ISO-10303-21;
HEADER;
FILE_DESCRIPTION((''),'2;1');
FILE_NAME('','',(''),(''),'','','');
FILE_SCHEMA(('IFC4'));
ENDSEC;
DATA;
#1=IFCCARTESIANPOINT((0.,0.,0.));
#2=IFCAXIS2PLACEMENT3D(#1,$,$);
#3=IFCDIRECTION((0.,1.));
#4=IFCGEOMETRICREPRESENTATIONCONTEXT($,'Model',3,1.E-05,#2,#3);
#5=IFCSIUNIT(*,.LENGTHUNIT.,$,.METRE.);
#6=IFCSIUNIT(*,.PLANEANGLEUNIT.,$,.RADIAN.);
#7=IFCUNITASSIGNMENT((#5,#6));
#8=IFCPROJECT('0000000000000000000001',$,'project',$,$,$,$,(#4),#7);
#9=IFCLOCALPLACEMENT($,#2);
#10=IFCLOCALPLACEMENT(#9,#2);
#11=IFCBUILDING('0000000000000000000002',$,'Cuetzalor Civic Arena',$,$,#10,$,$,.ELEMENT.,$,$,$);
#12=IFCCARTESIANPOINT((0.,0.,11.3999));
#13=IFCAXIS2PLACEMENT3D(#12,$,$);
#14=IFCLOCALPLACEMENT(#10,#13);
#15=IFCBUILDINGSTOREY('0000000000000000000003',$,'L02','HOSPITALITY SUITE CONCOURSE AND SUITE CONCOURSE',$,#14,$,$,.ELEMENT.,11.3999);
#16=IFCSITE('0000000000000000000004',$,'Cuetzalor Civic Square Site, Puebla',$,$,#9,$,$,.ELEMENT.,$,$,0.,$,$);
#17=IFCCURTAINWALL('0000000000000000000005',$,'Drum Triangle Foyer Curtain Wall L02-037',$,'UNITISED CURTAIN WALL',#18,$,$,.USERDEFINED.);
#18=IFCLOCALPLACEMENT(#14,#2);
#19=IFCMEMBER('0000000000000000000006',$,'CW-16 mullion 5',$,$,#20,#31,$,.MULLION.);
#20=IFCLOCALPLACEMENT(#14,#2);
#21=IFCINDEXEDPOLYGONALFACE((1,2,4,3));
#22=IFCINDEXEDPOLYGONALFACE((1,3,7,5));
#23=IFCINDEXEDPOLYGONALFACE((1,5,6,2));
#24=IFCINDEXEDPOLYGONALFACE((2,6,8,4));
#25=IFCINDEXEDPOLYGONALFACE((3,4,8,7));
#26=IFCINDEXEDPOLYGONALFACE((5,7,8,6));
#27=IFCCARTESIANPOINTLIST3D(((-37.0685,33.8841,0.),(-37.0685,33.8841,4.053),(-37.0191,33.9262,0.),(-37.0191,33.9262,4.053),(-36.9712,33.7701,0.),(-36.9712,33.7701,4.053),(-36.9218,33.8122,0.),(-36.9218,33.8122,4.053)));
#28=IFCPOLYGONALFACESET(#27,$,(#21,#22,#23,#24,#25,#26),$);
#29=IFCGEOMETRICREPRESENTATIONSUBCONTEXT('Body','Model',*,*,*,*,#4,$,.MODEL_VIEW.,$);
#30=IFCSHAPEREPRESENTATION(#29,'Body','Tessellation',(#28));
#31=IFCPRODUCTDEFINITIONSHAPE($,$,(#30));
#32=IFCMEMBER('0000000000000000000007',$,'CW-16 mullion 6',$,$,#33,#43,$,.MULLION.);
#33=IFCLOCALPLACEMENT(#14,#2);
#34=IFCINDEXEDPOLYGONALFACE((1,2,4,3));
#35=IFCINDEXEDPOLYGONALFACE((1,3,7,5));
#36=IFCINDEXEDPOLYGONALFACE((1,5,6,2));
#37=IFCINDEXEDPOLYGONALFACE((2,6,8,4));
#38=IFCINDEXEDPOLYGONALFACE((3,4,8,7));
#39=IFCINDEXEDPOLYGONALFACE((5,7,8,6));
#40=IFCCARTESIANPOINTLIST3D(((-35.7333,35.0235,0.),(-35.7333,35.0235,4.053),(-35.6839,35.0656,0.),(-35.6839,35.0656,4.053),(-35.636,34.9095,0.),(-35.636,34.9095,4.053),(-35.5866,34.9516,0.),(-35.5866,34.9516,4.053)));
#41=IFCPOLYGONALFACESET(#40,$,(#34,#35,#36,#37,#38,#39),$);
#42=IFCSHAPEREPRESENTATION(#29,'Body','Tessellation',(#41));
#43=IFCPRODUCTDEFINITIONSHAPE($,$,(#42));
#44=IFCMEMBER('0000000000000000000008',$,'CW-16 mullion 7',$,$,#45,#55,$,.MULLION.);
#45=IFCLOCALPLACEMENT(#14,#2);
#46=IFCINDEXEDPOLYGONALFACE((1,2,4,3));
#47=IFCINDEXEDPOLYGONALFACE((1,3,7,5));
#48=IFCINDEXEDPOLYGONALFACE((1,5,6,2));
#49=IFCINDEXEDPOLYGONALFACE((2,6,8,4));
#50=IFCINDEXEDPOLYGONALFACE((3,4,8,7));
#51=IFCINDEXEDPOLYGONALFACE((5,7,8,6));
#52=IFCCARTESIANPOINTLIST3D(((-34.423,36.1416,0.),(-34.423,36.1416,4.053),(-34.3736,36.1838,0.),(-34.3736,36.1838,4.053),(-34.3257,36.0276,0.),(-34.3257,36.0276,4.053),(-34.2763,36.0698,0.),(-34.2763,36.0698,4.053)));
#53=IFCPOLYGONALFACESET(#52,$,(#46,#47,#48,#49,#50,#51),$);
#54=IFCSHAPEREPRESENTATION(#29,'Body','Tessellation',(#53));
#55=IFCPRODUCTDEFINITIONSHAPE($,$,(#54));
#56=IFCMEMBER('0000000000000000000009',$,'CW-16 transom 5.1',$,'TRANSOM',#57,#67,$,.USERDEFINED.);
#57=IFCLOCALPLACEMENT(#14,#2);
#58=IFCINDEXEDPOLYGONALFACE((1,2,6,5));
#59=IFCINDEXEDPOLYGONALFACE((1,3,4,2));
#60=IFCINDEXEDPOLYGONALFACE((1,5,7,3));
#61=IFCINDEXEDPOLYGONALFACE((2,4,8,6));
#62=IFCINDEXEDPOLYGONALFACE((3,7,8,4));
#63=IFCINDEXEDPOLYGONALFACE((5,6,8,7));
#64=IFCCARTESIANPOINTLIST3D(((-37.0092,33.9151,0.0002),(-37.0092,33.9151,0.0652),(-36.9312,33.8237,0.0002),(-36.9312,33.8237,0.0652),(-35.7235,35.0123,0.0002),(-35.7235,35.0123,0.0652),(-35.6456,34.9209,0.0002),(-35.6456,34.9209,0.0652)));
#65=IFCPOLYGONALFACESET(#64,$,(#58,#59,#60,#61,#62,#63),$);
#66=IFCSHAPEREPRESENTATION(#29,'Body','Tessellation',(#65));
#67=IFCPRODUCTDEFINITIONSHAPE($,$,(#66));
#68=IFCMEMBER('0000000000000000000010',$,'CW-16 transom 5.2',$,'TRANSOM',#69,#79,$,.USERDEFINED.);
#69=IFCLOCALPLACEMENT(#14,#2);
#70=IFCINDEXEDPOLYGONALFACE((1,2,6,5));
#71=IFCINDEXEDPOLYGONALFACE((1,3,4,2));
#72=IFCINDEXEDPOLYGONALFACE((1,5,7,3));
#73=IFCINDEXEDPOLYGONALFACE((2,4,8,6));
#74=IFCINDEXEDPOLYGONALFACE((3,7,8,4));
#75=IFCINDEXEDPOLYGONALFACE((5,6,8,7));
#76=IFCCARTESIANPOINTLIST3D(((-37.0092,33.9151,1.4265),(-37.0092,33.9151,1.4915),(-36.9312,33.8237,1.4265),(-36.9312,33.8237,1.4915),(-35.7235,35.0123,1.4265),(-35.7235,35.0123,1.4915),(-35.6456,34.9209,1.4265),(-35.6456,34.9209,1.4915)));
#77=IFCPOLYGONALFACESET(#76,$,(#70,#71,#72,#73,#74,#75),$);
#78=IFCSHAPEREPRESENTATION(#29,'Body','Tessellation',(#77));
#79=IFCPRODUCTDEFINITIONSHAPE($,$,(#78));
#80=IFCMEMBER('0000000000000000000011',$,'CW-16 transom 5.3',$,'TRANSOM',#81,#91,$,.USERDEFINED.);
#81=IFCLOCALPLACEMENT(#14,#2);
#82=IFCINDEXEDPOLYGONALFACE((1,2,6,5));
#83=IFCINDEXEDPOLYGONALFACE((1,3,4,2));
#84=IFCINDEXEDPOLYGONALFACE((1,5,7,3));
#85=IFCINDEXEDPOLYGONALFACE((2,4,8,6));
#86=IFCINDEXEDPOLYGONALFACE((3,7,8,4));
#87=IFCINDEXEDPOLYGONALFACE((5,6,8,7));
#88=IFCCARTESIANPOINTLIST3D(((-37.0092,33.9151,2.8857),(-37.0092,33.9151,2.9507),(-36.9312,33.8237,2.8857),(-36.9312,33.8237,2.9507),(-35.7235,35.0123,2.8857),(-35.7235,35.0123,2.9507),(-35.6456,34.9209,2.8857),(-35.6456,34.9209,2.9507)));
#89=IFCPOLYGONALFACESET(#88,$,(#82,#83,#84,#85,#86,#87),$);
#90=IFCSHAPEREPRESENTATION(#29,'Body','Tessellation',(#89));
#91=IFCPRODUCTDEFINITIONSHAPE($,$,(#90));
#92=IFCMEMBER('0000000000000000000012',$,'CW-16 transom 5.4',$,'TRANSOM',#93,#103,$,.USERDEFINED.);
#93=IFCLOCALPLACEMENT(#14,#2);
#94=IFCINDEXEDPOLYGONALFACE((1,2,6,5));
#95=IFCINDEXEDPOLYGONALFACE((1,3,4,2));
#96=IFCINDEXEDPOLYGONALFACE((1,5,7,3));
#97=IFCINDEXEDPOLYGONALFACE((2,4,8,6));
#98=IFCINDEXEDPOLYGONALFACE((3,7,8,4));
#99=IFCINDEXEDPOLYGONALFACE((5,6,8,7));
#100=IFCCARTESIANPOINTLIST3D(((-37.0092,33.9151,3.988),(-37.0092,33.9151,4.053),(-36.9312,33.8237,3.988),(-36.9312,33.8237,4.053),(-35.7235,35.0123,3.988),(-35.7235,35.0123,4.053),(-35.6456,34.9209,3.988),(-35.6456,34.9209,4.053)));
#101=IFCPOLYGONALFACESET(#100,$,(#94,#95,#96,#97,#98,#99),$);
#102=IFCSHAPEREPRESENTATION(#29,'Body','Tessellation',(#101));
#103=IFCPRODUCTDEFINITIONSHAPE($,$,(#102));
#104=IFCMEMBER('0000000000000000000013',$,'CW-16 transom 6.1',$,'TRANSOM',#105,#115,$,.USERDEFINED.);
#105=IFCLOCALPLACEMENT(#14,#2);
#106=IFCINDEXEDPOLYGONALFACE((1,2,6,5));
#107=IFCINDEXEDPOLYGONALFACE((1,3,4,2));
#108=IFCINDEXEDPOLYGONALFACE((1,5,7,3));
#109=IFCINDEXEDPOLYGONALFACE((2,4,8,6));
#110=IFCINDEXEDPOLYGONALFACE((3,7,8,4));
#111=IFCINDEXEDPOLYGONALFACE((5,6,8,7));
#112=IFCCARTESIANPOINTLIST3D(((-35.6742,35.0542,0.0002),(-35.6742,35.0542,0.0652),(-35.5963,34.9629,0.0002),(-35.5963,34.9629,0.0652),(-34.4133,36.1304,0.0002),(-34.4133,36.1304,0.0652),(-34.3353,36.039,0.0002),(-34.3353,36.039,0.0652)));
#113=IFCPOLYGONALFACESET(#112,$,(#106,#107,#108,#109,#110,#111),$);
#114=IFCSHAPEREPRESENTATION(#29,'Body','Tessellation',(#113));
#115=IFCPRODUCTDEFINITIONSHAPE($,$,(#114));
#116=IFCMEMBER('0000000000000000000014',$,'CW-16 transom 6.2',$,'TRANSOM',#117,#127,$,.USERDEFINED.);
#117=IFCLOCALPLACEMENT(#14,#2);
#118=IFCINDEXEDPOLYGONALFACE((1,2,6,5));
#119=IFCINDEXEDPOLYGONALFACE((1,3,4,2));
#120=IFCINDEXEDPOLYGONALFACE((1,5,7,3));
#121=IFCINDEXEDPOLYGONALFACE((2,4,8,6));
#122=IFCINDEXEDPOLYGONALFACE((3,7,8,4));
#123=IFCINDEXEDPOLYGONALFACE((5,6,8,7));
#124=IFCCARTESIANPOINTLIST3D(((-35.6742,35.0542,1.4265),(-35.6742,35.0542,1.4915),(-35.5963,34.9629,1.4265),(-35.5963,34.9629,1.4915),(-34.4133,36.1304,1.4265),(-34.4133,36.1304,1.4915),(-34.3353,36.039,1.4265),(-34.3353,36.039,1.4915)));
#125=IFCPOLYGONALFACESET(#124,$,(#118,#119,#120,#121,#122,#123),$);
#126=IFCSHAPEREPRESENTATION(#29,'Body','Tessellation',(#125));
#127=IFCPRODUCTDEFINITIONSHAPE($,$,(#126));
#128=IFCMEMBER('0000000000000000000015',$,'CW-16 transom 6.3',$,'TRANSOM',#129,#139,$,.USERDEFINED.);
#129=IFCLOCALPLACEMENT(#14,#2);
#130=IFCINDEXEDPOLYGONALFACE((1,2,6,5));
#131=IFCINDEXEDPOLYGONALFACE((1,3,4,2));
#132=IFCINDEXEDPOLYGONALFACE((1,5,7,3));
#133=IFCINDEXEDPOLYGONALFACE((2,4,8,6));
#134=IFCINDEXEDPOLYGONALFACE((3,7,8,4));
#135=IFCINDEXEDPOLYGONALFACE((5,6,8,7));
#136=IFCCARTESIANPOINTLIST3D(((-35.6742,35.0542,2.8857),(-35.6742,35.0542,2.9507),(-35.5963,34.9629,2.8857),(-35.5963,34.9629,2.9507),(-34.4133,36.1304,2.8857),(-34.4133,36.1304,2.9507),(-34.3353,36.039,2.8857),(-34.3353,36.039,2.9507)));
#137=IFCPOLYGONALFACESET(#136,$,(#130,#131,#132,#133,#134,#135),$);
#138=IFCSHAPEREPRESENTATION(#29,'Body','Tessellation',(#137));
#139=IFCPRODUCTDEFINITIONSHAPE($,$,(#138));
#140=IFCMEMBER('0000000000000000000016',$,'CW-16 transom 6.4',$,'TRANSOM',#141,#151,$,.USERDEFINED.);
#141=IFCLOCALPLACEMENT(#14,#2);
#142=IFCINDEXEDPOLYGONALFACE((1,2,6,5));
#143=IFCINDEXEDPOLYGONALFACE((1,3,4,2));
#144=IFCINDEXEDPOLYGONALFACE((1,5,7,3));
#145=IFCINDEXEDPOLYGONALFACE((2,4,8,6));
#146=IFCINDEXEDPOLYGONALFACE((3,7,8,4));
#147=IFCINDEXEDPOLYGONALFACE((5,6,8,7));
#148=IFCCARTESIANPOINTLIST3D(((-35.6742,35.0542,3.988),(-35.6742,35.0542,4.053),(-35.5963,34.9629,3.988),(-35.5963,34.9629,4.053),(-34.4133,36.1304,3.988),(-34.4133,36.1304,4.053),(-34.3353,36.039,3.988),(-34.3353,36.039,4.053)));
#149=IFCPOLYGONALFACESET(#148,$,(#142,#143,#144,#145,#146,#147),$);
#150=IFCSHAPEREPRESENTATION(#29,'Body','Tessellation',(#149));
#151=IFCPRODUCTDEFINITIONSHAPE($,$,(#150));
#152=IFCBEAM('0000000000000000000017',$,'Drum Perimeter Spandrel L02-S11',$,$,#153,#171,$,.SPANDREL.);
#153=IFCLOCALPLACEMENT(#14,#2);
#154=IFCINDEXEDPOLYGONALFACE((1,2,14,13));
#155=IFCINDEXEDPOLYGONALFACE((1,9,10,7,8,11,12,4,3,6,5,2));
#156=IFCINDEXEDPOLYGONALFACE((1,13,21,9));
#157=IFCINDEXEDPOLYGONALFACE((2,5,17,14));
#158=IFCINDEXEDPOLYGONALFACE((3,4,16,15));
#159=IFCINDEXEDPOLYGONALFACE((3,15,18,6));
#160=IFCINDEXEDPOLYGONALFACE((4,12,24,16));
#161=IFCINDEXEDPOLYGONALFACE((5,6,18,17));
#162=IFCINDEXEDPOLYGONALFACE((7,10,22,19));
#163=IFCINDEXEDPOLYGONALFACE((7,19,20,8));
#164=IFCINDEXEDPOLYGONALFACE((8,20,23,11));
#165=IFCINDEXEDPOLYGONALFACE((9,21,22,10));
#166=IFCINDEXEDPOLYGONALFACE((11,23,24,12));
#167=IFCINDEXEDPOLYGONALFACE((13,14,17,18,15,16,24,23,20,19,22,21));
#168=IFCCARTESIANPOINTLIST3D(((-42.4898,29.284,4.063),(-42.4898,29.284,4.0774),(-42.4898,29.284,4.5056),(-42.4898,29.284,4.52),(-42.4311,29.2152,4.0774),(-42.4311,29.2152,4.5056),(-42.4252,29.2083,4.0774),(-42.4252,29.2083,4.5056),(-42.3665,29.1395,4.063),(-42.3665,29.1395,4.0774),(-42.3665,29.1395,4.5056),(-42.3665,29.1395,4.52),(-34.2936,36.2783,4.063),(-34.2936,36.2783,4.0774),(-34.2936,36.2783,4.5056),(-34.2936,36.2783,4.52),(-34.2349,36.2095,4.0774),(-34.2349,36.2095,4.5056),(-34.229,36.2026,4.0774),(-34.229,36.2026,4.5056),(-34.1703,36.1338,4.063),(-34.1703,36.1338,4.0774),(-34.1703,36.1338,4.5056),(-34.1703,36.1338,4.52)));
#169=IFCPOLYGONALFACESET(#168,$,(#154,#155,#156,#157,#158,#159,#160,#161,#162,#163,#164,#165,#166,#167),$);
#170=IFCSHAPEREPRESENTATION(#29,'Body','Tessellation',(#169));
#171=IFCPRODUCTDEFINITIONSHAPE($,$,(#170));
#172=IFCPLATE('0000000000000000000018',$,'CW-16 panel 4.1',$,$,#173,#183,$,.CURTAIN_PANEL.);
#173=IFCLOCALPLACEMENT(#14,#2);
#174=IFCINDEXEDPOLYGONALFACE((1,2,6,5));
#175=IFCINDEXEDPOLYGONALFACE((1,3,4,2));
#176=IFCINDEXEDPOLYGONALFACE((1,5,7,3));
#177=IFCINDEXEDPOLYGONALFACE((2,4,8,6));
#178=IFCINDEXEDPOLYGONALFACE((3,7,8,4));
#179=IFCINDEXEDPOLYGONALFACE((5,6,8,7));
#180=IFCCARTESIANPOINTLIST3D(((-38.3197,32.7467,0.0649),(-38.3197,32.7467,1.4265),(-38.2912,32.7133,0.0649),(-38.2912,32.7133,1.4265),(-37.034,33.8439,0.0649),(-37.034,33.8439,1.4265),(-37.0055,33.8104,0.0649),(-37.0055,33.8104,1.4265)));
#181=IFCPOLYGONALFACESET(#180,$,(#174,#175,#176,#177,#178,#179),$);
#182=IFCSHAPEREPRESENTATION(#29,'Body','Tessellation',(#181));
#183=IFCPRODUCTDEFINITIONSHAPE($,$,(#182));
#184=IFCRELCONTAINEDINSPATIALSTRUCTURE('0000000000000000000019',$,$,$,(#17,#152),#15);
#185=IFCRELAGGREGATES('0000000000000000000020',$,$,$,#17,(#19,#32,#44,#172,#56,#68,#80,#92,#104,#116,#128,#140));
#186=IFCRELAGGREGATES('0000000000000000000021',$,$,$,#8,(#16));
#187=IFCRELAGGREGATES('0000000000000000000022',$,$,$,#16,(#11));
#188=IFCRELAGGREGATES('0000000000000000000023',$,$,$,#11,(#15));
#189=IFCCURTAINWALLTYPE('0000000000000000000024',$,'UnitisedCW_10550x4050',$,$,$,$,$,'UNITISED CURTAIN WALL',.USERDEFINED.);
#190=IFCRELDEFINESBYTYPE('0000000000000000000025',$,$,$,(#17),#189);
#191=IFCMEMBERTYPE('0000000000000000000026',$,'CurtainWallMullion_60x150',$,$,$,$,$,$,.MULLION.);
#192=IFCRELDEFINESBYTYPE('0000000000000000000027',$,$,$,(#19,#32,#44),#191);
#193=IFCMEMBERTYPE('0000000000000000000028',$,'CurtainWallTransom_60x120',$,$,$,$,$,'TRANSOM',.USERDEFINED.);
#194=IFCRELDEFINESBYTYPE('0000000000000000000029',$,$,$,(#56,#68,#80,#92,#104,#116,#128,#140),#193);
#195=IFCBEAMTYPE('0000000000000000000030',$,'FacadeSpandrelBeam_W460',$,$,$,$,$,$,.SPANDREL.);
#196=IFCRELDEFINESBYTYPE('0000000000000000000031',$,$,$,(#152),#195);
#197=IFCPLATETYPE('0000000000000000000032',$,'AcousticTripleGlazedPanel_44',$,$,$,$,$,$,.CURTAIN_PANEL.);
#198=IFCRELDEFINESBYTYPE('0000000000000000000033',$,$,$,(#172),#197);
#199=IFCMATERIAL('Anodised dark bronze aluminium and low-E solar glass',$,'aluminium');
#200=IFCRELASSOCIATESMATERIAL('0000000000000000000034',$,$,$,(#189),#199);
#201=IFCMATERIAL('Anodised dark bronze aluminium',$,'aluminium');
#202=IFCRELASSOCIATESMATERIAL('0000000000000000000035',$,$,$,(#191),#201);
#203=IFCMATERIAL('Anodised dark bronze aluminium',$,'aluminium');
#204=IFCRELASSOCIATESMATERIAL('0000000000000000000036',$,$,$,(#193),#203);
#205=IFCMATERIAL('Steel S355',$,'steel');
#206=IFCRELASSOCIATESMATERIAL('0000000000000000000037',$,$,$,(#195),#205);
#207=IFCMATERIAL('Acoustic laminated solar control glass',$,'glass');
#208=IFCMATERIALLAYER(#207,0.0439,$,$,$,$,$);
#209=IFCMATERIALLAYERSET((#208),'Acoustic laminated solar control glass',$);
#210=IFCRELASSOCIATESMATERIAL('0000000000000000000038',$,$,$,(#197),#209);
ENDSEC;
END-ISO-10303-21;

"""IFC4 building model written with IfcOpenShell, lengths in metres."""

from ifc_helpers import new_model, si_unit, direction, frame, origin, origin_2d, place, context, subcontext, project, spatial, rectangle, i_section, extrude, material, layer, layer_set, material_profile, profile_set, type_object, element, aggregate, save


model = new_model("IFC4")

# Units and contexts
model_context = context("Model", 3, precision=1e-05, world=origin(), true_north=direction((0.0, 1.0)))
body_context = subcontext(model_context, "Body", "Model", "MODEL_VIEW")
ifc_project = project(units=[si_unit("LENGTHUNIT", "METRE"), si_unit("PLANEANGLEUNIT", "RADIAN")], contexts=[model_context])

# Site, building, storey
site_placement = place(None, origin())
site = spatial("IfcSite", under=ifc_project, at=site_placement, Name="Cuetzalor Civic Square Site, Puebla", CompositionType="ELEMENT", RefElevation=0.0)
building_placement = place(site_placement, origin())
building = spatial("IfcBuilding", under=site, at=building_placement, Name="Cuetzalor Civic Arena", CompositionType="ELEMENT")
storey_placement = place(building_placement, frame((0.0, 0.0, 11.3999)))
storey = spatial("IfcBuildingStorey", under=building, at=storey_placement, Name="L02", Description="HOSPITALITY SUITE CONCOURSE AND SUITE CONCOURSE", CompositionType="ELEMENT", Elevation=11.3999)

# Curtain wall, members
ifc_material_1 = material(Name="Anodised dark bronze aluminium and low-E solar glass", Category="aluminium")
curtain_wall_type = type_object("IfcCurtainWallType", Name="UnitisedCW_10550x4050", ElementType="UNITISED CURTAIN WALL", PredefinedType="USERDEFINED", material=ifc_material_1)
curtain_wall_placement = place(storey_placement, origin())
curtain_wall = element("IfcCurtainWall", 1, at=curtain_wall_placement, inside=storey, type_object=curtain_wall_type, Name="Drum Triangle Foyer Curtain Wall L02-037", ObjectType="UNITISED CURTAIN WALL", PredefinedType="USERDEFINED")
ifc_material_2 = material(Name="Anodised dark bronze aluminium", Category="aluminium")
ifc_material_profile_1 = material_profile(ifc_material_2, rectangle(XDim=0.0649, YDim=0.1499, at=origin_2d()), Name="ALU MULLION 65x150")
ifc_profile_set_1 = profile_set([ifc_material_profile_1], Name="Anodised dark bronze aluminium")
member_type_1 = type_object("IfcMemberType", Name="CurtainWallMullion_60x150", PredefinedType="MULLION", material=ifc_profile_set_1)
member_1_placement = place(storey_placement, frame((-36.9951, 33.8481, 0.0), z_axis=(0.0, 0.0, 1.0), x_axis=(0.760677, 0.64913, 0.0)))
member_1 = element("IfcMember", 2, at=member_1_placement, type_object=member_type_1, Name="CW-16 mullion 5", PredefinedType="MULLION", context=body_context, shape_type="SweptSolid", body=[
    extrude(rectangle(XDim=0.0649, YDim=0.1499, at=origin_2d()), origin(), (0.0, 0.0, 1.0), 4.053),
])
member_2_placement = place(storey_placement, frame((-35.6599, 34.9875, 0.0), z_axis=(0.0, 0.0, 1.0), x_axis=(0.760677, 0.64913, 0.0)))
member_2 = element("IfcMember", 3, at=member_2_placement, type_object=member_type_1, Name="CW-16 mullion 6", PredefinedType="MULLION", context=body_context, shape_type="SweptSolid", body=[
    extrude(rectangle(XDim=0.0649, YDim=0.1499, at=origin_2d()), origin(), (0.0, 0.0, 1.0), 4.053),
])
member_3_placement = place(storey_placement, frame((-34.3496, 36.1057, 0.0), z_axis=(0.0, 0.0, 1.0), x_axis=(0.760677, 0.64913, 0.0)))
member_3 = element("IfcMember", 4, at=member_3_placement, type_object=member_type_1, Name="CW-16 mullion 7", PredefinedType="MULLION", context=body_context, shape_type="SweptSolid", body=[
    extrude(rectangle(XDim=0.0649, YDim=0.1499, at=origin_2d()), origin(), (0.0, 0.0, 1.0), 4.053),
])
ifc_material_3 = material(Name="Anodised dark bronze aluminium", Category="aluminium")
ifc_material_profile_2 = material_profile(ifc_material_3, rectangle(XDim=0.1201, YDim=0.0649, at=origin_2d()), Name="ALU TRANSOM 65x120")
ifc_profile_set_2 = profile_set([ifc_material_profile_2], Name="Anodised dark bronze aluminium")
member_type_2 = type_object("IfcMemberType", Name="CurtainWallTransom_60x120", ElementType="TRANSOM", PredefinedType="USERDEFINED", material=ifc_profile_set_2)
member_4_placement = place(storey_placement, frame((-36.9702, 33.8694, 0.0327), z_axis=(0.760662, 0.649148, 0.0), x_axis=(-0.649148, 0.760662, 0.0)))
member_4 = element("IfcMember", 5, at=member_4_placement, type_object=member_type_2, Name="CW-16 transom 5.1", ObjectType="TRANSOM", PredefinedType="USERDEFINED", context=body_context, shape_type="SweptSolid", body=[
    extrude(rectangle(XDim=0.1201, YDim=0.0649, at=origin_2d()), origin(), (0.0, 0.0, 1.0), 1.6902),
])
member_5_placement = place(storey_placement, frame((-36.9702, 33.8694, 1.459), z_axis=(0.760662, 0.649148, 0.0), x_axis=(-0.649148, 0.760662, 0.0)))
member_5 = element("IfcMember", 6, at=member_5_placement, type_object=member_type_2, Name="CW-16 transom 5.2", ObjectType="TRANSOM", PredefinedType="USERDEFINED", context=body_context, shape_type="SweptSolid", body=[
    extrude(rectangle(XDim=0.1201, YDim=0.0649, at=origin_2d()), origin(), (0.0, 0.0, 1.0), 1.6902),
])
member_6_placement = place(storey_placement, frame((-36.9702, 33.8694, 2.9182), z_axis=(0.760662, 0.649148, 0.0), x_axis=(-0.649148, 0.760662, 0.0)))
member_6 = element("IfcMember", 7, at=member_6_placement, type_object=member_type_2, Name="CW-16 transom 5.3", ObjectType="TRANSOM", PredefinedType="USERDEFINED", context=body_context, shape_type="SweptSolid", body=[
    extrude(rectangle(XDim=0.1201, YDim=0.0649, at=origin_2d()), origin(), (0.0, 0.0, 1.0), 1.6902),
])
member_7_placement = place(storey_placement, frame((-36.9702, 33.8694, 4.0205), z_axis=(0.760662, 0.649148, 0.0), x_axis=(-0.649148, 0.760662, 0.0)))
member_7 = element("IfcMember", 8, at=member_7_placement, type_object=member_type_2, Name="CW-16 transom 5.4", ObjectType="TRANSOM", PredefinedType="USERDEFINED", context=body_context, shape_type="SweptSolid", body=[
    extrude(rectangle(XDim=0.1201, YDim=0.0649, at=origin_2d()), origin(), (0.0, 0.0, 1.0), 1.6902),
])
member_8_placement = place(storey_placement, frame((-35.6353, 35.0085, 0.0327), z_axis=(0.760648, 0.649165, 0.0), x_axis=(-0.649165, 0.760648, 0.0)))
member_8 = element("IfcMember", 9, at=member_8_placement, type_object=member_type_2, Name="CW-16 transom 6.1", ObjectType="TRANSOM", PredefinedType="USERDEFINED", context=body_context, shape_type="SweptSolid", body=[
    extrude(rectangle(XDim=0.1201, YDim=0.0649, at=origin_2d()), origin(), (0.0, 0.0, 1.0), 1.6577),
])
member_9_placement = place(storey_placement, frame((-35.6353, 35.0085, 1.459), z_axis=(0.760648, 0.649165, 0.0), x_axis=(-0.649165, 0.760648, 0.0)))
member_9 = element("IfcMember", 10, at=member_9_placement, type_object=member_type_2, Name="CW-16 transom 6.2", ObjectType="TRANSOM", PredefinedType="USERDEFINED", context=body_context, shape_type="SweptSolid", body=[
    extrude(rectangle(XDim=0.1201, YDim=0.0649, at=origin_2d()), origin(), (0.0, 0.0, 1.0), 1.6577),
])
member_10_placement = place(storey_placement, frame((-35.6353, 35.0085, 2.9182), z_axis=(0.760648, 0.649165, 0.0), x_axis=(-0.649165, 0.760648, 0.0)))
member_10 = element("IfcMember", 11, at=member_10_placement, type_object=member_type_2, Name="CW-16 transom 6.3", ObjectType="TRANSOM", PredefinedType="USERDEFINED", context=body_context, shape_type="SweptSolid", body=[
    extrude(rectangle(XDim=0.1201, YDim=0.0649, at=origin_2d()), origin(), (0.0, 0.0, 1.0), 1.6577),
])
member_11_placement = place(storey_placement, frame((-35.6353, 35.0085, 4.0205), z_axis=(0.760648, 0.649165, 0.0), x_axis=(-0.649165, 0.760648, 0.0)))
member_11 = element("IfcMember", 12, at=member_11_placement, type_object=member_type_2, Name="CW-16 transom 6.4", ObjectType="TRANSOM", PredefinedType="USERDEFINED", context=body_context, shape_type="SweptSolid", body=[
    extrude(rectangle(XDim=0.1201, YDim=0.0649, at=origin_2d()), origin(), (0.0, 0.0, 1.0), 1.6577),
])

# Beam
ifc_material_4 = material(Name="Steel S355", Category="steel")
ifc_material_profile_3 = material_profile(ifc_material_4, i_section(OverallWidth=0.1899, OverallDepth=0.457, WebThickness=0.009, FlangeThickness=0.0144, at=origin_2d()), Name="W460x74")
ifc_profile_set_3 = profile_set([ifc_material_profile_3], Name="Steel S355")
beam_type = type_object("IfcBeamType", Name="FacadeSpandrelBeam_W460", PredefinedType="SPANDREL", material=ifc_profile_set_3)
beam_placement = place(storey_placement, frame((-34.2319, 36.2061, 4.2915), z_axis=(-0.760677, -0.649131, 0.0), x_axis=(0.649131, -0.760677, 0.0)))
element("IfcBeam", 13, at=beam_placement, inside=storey, type_object=beam_type, Name="Drum Perimeter Spandrel L02-S11", PredefinedType="SPANDREL", context=body_context, shape_type="SweptSolid", body=[
    extrude(i_section(OverallWidth=0.1899, OverallDepth=0.457, WebThickness=0.009, FlangeThickness=0.0144, at=origin_2d()), origin(), (0.0, 0.0, 1.0), 10.7749),
])

# Plate
ifc_material_5 = material(Name="Acoustic laminated solar control glass", Category="glass")
ifc_layer_1 = layer(ifc_material_5, 0.0439)
ifc_layer_set_1 = layer_set([ifc_layer_1], Name="Acoustic laminated solar control glass")
plate_type = type_object("IfcPlateType", Name="AcousticTripleGlazedPanel_44", PredefinedType="CURTAIN_PANEL", material=ifc_layer_set_1)
plate_1_placement = place(storey_placement, frame((-37.6626, 33.2786, 0.0649), z_axis=(0.0, 0.0, 1.0), x_axis=(0.760677, 0.64913, 0.0)))
plate_1 = element("IfcPlate", 14, at=plate_1_placement, type_object=plate_type, Name="CW-16 panel 4.1", PredefinedType="CURTAIN_PANEL", context=body_context, shape_type="SweptSolid", body=[
    extrude(rectangle(XDim=1.6902, YDim=0.0439, at=origin_2d()), origin(), (0.0, 0.0, 1.0), 1.3616),
])
aggregate(curtain_wall, [member_1, member_2, member_3, plate_1, member_4, member_5, member_6, member_7, member_8, member_9, member_10, member_11])

save(model, "model.ifc")
